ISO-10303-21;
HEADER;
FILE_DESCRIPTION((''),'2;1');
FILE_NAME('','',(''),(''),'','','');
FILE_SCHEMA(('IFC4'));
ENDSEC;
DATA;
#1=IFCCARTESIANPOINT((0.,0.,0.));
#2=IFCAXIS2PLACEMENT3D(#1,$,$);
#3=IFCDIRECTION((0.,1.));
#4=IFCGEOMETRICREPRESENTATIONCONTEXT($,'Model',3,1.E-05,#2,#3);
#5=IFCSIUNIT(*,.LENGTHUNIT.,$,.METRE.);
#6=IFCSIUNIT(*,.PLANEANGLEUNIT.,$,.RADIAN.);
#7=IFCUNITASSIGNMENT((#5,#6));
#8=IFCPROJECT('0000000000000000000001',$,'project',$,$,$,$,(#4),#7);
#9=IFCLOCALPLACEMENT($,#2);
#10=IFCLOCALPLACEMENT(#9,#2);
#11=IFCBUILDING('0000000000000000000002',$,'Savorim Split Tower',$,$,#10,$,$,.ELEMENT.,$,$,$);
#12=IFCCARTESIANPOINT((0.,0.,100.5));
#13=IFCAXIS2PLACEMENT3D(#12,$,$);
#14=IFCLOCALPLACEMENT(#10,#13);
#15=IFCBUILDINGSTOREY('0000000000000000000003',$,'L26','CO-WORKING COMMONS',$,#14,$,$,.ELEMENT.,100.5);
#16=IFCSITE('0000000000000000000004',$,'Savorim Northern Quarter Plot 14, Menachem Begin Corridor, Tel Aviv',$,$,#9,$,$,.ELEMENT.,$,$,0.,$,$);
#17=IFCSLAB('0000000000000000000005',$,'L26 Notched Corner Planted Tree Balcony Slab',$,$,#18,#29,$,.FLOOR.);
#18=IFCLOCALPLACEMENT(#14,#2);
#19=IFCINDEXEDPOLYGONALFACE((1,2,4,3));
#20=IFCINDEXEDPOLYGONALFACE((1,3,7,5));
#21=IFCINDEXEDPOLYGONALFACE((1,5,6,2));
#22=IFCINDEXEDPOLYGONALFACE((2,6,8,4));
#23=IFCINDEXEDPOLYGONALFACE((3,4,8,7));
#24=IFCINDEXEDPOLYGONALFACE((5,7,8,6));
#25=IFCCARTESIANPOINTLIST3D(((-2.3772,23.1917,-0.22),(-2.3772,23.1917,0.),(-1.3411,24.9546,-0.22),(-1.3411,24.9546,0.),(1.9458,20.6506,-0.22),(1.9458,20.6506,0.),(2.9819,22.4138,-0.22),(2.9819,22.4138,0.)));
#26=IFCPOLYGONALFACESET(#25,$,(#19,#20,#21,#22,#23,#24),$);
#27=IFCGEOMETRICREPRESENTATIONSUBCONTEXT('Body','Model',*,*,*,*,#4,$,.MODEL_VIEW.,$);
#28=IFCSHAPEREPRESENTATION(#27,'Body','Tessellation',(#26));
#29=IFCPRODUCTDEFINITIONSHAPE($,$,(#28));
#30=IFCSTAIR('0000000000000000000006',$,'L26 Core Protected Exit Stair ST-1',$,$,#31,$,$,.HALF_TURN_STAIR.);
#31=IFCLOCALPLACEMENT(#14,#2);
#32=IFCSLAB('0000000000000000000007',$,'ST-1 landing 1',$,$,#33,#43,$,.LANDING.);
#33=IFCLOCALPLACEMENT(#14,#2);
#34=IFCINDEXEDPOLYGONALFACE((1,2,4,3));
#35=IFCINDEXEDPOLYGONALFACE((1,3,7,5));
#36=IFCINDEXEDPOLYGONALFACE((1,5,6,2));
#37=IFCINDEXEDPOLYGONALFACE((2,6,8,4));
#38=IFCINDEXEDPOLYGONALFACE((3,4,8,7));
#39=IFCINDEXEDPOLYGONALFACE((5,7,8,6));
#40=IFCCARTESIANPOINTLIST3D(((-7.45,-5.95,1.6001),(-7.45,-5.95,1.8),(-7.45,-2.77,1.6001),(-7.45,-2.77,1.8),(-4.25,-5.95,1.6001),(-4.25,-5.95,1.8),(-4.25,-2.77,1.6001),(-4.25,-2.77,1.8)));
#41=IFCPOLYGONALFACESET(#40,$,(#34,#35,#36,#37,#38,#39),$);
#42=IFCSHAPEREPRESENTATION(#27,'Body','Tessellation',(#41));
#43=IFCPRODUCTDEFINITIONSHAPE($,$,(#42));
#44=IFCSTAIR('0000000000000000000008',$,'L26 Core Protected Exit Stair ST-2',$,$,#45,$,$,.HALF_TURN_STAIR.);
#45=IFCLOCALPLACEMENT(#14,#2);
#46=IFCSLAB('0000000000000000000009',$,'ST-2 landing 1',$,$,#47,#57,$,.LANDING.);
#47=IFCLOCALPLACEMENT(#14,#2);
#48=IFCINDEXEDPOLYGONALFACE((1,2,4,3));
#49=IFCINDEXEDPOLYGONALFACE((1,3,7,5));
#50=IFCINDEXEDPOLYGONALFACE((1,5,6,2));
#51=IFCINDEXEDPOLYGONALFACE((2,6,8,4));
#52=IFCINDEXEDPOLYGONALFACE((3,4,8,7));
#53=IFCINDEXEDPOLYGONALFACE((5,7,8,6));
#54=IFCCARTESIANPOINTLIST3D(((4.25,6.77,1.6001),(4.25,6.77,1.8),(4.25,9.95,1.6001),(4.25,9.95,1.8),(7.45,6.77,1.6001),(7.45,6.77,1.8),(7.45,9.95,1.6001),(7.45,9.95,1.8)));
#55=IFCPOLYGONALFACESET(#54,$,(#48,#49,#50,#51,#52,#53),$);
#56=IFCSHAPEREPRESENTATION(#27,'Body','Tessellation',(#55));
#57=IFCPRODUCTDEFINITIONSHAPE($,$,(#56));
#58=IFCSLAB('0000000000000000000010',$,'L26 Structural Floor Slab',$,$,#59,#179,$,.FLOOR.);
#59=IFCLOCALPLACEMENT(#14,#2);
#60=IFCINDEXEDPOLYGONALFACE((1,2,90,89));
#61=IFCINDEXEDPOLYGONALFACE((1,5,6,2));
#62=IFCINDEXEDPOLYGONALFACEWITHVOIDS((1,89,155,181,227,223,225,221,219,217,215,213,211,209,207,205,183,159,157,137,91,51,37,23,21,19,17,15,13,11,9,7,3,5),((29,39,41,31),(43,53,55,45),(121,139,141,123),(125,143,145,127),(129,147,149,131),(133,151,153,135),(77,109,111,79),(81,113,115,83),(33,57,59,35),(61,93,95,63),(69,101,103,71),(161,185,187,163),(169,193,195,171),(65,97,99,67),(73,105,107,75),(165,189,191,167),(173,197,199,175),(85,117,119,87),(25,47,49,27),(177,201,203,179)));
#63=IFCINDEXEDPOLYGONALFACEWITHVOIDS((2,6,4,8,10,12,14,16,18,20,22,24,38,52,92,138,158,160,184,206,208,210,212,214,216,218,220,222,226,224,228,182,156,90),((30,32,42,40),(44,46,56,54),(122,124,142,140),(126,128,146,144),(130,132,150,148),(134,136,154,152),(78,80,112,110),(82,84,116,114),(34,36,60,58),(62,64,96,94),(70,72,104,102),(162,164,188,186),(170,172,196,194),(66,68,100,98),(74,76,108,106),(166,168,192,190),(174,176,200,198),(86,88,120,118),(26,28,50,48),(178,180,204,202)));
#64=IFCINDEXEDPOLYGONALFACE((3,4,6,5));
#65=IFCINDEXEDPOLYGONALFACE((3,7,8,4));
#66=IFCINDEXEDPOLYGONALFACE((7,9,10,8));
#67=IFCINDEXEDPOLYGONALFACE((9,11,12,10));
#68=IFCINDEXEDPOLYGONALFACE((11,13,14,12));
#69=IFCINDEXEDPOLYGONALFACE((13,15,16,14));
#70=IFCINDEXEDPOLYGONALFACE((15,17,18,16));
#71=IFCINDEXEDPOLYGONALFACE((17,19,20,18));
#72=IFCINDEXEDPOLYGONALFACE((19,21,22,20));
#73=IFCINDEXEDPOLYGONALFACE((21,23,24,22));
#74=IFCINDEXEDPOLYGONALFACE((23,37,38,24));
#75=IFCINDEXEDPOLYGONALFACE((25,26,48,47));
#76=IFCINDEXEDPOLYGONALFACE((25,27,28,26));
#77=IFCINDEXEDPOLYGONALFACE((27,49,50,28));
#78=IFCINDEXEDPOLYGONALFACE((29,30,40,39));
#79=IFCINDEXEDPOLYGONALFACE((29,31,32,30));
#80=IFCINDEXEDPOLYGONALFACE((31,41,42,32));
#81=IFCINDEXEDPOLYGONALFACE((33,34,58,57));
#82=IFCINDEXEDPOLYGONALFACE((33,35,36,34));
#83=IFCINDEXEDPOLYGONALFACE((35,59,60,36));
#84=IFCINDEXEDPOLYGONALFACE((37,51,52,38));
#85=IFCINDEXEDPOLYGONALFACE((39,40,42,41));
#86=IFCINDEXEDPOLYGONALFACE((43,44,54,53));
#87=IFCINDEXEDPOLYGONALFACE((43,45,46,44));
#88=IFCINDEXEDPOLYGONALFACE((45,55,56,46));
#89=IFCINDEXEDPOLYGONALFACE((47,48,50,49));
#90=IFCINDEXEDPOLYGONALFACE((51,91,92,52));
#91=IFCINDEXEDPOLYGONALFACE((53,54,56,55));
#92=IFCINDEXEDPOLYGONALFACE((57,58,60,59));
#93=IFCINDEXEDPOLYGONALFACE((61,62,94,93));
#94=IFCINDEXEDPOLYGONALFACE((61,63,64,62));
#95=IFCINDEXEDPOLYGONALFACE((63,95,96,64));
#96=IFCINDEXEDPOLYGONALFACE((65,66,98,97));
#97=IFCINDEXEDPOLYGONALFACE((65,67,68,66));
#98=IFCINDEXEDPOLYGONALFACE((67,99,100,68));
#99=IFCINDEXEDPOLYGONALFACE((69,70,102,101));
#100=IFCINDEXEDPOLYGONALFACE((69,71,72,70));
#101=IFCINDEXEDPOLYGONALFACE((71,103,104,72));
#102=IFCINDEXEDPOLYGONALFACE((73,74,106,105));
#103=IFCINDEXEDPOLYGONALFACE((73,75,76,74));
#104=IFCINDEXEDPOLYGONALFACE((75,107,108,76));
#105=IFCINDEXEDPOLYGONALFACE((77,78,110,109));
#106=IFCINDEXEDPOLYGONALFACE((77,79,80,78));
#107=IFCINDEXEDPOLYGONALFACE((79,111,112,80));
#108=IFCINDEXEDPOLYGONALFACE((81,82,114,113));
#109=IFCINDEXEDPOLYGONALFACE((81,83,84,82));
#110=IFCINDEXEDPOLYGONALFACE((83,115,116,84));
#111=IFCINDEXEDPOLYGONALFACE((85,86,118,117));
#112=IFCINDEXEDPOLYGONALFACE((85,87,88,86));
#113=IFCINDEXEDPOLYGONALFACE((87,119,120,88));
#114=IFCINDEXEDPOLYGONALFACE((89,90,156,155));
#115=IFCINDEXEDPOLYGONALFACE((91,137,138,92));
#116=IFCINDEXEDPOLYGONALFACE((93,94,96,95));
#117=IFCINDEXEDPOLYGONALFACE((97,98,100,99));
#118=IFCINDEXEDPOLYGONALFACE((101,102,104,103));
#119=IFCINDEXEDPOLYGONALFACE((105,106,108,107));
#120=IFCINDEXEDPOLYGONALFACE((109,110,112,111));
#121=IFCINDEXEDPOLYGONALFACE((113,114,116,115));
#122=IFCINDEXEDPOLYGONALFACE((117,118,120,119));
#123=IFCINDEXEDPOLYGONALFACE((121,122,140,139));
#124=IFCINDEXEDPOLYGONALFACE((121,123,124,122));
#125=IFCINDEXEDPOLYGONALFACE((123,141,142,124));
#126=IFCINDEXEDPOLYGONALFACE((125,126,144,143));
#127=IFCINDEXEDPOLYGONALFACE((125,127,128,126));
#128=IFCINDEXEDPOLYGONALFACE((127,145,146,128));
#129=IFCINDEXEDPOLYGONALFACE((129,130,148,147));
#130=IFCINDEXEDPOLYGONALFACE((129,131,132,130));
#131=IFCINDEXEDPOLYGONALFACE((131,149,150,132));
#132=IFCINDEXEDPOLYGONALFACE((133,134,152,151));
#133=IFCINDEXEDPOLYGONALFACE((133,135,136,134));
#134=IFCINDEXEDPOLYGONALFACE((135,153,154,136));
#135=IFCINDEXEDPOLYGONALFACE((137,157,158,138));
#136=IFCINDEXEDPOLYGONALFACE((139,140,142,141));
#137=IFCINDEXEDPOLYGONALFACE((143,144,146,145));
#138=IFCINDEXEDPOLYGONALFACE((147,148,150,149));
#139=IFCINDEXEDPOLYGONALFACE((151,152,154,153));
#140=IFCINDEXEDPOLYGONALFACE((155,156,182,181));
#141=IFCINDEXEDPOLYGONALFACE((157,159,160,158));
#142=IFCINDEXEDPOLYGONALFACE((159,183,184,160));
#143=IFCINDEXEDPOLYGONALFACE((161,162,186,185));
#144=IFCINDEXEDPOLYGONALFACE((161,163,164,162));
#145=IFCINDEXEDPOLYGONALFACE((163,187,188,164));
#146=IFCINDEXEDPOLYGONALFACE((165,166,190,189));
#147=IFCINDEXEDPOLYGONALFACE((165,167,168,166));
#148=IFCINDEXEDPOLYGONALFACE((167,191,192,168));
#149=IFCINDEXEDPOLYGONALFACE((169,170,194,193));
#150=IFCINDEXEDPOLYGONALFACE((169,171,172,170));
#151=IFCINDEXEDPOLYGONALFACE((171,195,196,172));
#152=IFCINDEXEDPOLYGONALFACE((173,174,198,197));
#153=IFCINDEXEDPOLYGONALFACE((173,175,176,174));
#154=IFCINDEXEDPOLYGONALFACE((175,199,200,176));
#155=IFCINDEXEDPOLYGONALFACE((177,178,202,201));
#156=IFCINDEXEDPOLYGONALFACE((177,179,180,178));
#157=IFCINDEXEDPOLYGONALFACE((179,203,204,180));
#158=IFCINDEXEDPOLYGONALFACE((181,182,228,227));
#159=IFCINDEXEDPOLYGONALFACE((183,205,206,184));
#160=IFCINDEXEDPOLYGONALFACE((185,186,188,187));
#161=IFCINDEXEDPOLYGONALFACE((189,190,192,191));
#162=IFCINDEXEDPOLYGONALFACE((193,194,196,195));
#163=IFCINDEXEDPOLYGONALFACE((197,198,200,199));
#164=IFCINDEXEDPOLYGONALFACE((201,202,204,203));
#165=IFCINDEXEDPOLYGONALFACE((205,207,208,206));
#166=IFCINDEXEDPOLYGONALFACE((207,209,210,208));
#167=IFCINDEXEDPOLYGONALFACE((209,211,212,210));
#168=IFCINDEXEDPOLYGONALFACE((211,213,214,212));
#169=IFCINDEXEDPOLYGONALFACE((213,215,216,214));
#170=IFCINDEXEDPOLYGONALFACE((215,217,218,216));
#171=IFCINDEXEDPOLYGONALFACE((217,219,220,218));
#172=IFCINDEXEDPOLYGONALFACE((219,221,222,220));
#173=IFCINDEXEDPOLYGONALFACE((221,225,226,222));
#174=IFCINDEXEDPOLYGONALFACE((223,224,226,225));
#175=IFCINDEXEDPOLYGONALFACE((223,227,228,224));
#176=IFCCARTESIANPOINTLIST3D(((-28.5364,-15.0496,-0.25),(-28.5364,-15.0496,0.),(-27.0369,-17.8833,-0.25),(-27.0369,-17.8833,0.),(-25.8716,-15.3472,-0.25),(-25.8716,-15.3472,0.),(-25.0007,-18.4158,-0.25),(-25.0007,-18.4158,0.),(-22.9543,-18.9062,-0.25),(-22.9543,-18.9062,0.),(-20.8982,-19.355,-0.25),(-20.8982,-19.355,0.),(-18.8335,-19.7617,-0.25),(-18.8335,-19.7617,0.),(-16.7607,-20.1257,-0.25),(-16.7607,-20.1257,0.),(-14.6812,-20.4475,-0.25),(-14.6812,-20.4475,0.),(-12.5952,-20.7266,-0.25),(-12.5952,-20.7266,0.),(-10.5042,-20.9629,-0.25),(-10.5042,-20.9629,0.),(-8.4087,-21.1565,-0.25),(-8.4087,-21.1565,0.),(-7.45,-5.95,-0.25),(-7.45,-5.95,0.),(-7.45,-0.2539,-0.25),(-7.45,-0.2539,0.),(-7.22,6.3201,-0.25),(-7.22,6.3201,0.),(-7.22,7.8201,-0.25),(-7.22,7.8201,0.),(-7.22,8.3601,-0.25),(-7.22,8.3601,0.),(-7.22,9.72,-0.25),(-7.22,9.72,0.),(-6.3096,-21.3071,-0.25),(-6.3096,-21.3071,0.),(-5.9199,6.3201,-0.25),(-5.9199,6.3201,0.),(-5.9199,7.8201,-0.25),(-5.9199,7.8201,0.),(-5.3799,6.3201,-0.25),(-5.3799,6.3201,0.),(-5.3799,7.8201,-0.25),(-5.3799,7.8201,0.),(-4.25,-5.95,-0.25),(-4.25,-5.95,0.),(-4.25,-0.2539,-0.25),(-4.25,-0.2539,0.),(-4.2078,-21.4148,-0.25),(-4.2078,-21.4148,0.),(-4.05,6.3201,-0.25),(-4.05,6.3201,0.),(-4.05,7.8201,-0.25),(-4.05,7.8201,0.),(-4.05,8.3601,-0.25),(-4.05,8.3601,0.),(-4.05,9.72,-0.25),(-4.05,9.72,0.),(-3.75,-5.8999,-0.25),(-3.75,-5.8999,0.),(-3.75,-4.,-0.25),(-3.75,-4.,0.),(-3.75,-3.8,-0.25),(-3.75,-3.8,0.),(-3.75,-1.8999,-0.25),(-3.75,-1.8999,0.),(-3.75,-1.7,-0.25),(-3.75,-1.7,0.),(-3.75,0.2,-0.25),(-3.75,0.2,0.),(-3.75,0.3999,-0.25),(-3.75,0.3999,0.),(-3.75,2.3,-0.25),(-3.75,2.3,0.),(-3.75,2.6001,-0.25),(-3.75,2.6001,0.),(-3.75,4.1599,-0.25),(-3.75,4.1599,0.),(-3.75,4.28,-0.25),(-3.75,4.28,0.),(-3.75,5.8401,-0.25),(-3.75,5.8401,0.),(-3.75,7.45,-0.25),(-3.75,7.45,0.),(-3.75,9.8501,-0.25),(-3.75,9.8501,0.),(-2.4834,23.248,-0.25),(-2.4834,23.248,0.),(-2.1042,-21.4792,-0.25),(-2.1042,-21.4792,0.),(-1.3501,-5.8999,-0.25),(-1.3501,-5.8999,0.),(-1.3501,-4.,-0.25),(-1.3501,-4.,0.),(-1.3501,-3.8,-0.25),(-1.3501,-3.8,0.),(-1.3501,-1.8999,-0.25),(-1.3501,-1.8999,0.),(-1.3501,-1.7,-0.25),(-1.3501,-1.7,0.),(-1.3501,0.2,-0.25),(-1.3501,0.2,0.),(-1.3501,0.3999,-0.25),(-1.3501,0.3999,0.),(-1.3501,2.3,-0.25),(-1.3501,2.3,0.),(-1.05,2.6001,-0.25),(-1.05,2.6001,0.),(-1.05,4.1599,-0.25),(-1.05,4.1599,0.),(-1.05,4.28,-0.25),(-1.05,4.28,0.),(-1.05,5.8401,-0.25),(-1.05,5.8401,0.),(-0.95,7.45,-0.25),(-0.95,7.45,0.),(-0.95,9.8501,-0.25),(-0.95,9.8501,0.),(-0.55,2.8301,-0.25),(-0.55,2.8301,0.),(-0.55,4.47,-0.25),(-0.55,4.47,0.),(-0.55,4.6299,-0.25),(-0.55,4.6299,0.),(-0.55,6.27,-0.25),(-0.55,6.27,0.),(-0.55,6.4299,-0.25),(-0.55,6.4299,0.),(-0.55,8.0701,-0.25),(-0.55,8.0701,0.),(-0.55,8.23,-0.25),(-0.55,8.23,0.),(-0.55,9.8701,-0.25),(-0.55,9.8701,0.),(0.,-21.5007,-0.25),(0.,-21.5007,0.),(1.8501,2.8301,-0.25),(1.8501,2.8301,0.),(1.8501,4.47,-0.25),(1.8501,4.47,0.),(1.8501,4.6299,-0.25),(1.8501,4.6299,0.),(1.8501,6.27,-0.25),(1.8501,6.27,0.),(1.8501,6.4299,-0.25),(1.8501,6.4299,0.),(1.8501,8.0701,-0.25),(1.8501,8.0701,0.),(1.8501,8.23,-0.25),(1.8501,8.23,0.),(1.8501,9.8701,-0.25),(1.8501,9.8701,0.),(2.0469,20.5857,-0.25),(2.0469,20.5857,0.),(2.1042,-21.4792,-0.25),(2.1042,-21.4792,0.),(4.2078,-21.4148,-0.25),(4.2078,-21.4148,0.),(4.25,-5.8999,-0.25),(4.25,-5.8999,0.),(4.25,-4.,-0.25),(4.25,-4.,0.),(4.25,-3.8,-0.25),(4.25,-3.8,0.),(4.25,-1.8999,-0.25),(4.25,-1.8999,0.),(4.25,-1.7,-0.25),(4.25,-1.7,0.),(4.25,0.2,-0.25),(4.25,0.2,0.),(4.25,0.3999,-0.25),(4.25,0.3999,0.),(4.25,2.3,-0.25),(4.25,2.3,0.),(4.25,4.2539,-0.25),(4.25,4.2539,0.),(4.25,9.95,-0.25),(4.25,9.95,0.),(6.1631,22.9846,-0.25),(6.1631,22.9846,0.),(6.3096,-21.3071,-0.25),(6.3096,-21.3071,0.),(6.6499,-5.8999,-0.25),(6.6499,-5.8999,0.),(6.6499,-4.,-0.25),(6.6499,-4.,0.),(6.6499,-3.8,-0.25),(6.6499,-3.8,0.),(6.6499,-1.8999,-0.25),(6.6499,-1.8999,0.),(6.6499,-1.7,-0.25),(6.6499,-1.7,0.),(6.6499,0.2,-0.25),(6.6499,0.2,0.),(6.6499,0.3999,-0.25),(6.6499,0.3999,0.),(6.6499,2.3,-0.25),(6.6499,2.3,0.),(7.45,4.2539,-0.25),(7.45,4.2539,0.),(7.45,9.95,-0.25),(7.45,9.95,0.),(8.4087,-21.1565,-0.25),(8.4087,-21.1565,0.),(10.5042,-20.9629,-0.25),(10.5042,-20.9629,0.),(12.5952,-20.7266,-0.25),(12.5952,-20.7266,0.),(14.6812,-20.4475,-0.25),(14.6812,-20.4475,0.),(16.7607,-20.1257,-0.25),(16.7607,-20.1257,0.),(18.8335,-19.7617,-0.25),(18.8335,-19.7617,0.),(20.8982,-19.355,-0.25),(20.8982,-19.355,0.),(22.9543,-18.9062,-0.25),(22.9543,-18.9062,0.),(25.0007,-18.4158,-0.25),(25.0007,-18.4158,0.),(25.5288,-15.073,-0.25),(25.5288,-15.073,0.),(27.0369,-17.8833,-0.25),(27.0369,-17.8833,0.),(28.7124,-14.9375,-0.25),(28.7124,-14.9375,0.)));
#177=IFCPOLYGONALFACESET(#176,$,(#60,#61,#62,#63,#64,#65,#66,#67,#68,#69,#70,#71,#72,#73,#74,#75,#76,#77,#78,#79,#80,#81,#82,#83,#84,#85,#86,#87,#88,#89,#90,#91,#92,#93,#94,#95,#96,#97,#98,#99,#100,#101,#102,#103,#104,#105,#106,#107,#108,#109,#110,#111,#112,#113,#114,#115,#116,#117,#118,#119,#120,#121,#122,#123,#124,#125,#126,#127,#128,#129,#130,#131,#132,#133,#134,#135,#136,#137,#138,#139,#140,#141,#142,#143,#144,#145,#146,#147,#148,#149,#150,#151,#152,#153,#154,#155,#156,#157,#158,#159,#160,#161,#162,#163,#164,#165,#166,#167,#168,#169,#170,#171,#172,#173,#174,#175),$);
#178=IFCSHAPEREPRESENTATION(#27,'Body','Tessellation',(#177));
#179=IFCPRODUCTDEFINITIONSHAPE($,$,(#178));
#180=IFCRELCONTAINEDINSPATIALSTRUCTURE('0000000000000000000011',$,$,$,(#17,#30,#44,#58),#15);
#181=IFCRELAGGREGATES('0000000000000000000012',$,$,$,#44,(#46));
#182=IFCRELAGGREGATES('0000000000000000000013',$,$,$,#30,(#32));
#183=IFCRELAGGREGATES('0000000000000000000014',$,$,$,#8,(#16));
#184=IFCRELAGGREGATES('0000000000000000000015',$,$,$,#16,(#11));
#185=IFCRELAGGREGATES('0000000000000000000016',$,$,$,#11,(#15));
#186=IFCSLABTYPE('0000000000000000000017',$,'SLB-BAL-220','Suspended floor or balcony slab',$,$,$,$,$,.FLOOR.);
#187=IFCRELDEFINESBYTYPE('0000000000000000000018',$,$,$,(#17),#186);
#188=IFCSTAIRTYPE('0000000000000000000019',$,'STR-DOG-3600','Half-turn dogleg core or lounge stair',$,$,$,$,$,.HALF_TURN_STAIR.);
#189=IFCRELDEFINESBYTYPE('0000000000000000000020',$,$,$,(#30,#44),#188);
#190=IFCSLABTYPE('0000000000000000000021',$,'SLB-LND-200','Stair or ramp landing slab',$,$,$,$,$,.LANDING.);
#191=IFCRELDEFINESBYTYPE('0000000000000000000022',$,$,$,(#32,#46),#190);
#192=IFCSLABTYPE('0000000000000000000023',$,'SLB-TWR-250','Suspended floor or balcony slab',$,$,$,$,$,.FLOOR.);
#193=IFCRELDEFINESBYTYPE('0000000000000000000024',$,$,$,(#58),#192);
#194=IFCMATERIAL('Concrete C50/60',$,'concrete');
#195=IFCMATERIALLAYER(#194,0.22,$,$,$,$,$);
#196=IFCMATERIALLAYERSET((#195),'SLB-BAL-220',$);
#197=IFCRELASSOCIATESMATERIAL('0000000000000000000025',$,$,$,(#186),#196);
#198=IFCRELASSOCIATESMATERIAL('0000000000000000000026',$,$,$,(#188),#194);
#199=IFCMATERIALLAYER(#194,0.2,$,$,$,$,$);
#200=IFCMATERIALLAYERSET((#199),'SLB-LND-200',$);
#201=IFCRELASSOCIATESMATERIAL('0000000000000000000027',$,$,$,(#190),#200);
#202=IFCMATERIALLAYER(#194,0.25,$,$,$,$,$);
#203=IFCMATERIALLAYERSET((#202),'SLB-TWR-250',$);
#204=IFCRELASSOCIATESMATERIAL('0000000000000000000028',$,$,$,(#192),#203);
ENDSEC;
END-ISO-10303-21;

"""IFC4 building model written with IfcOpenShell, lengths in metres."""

from ifc_helpers import new_model, si_unit, direction, frame, origin, place, context, subcontext, project, spatial, polyline, outline, extrude, material, layer, layer_set, type_object, element, aggregate, save


model = new_model("IFC4")

# Units and contexts
model_context = context("Model", 3, precision=1e-05, world=origin(), true_north=direction((0.0, 1.0)))
body_context = subcontext(model_context, "Body", "Model", "MODEL_VIEW")
ifc_project = project(units=[si_unit("LENGTHUNIT", "METRE"), si_unit("PLANEANGLEUNIT", "RADIAN")], contexts=[model_context])

# Site, building, storey
site_placement = place(None, origin())
site = spatial("IfcSite", under=ifc_project, at=site_placement, Name="Savorim Northern Quarter Plot 14, Menachem Begin Corridor, Tel Aviv", CompositionType="ELEMENT", RefElevation=0.0)
building_placement = place(site_placement, origin())
building = spatial("IfcBuilding", under=site, at=building_placement, Name="Savorim Split Tower", CompositionType="ELEMENT")
storey_placement = place(building_placement, frame((0.0, 0.0, 100.5)))
storey = spatial("IfcBuildingStorey", under=building, at=storey_placement, Name="L26", Description="CO-WORKING COMMONS", CompositionType="ELEMENT", Elevation=100.5)

# Slab
ifc_material_1 = material(Name="Concrete C50/60", Category="concrete")
ifc_layer_1 = layer(ifc_material_1, 0.22)
ifc_layer_set_1 = layer_set([ifc_layer_1], Name="SLB-BAL-220")
slab_type_1 = type_object("IfcSlabType", Name="SLB-BAL-220", Description="Suspended floor or balcony slab", PredefinedType="FLOOR", material=ifc_layer_set_1)
slab_1_placement = place(storey_placement, frame((0.0, 0.0, -0.22)))
element("IfcSlab", 1, at=slab_1_placement, inside=storey, type_object=slab_type_1, Name="L26 Notched Corner Planted Tree Balcony Slab", PredefinedType="FLOOR", context=body_context, shape_type="SweptSolid", body=[
    extrude(outline(polyline([(-2.3772, 23.1917), (1.9458, 20.6506), (2.9819, 22.4138), (-1.3411, 24.9546), (-2.3772, 23.1917)])), origin(), (0.0, 0.0, 1.0), 0.22),
])

# Stairs, slabs
stair_type = type_object("IfcStairType", Name="STR-DOG-3600", Description="Half-turn dogleg core or lounge stair", PredefinedType="HALF_TURN_STAIR", material=ifc_material_1)
stair_1_placement = place(storey_placement, origin())
stair_1 = element("IfcStair", 2, at=stair_1_placement, inside=storey, type_object=stair_type, Name="L26 Core Protected Exit Stair ST-1", PredefinedType="HALF_TURN_STAIR")
ifc_layer_2 = layer(ifc_material_1, 0.2)
ifc_layer_set_2 = layer_set([ifc_layer_2], Name="SLB-LND-200")
slab_type_2 = type_object("IfcSlabType", Name="SLB-LND-200", Description="Stair or ramp landing slab", PredefinedType="LANDING", material=ifc_layer_set_2)
slab_2_placement = place(storey_placement, frame((0.0, 0.0, 1.6001)))
slab_2 = element("IfcSlab", 3, at=slab_2_placement, type_object=slab_type_2, Name="ST-1 landing 1", PredefinedType="LANDING", context=body_context, shape_type="SweptSolid", body=[
    extrude(outline(polyline([(-7.45, -2.77), (-7.45, -5.95), (-4.25, -5.95), (-4.25, -2.77), (-7.45, -2.77)])), origin(), (0.0, 0.0, 1.0), 0.2),
])
stair_2_placement = place(storey_placement, origin())
stair_2 = element("IfcStair", 4, at=stair_2_placement, inside=storey, type_object=stair_type, Name="L26 Core Protected Exit Stair ST-2", PredefinedType="HALF_TURN_STAIR")
slab_3_placement = place(storey_placement, frame((0.0, 0.0, 1.6001)))
slab_3 = element("IfcSlab", 5, at=slab_3_placement, type_object=slab_type_2, Name="ST-2 landing 1", PredefinedType="LANDING", context=body_context, shape_type="SweptSolid", body=[
    extrude(outline(polyline([(7.45, 6.77), (7.45, 9.95), (4.25, 9.95), (4.25, 6.77), (7.45, 6.77)])), origin(), (0.0, 0.0, 1.0), 0.2),
])
aggregate(stair_2, [slab_3])

# Slab
ifc_layer_3 = layer(ifc_material_1, 0.25)
ifc_layer_set_3 = layer_set([ifc_layer_3], Name="SLB-TWR-250")
slab_type_3 = type_object("IfcSlabType", Name="SLB-TWR-250", Description="Suspended floor or balcony slab", PredefinedType="FLOOR", material=ifc_layer_set_3)
slab_4_placement = place(storey_placement, frame((0.0, 0.0, -0.25)))
element("IfcSlab", 6, at=slab_4_placement, inside=storey, type_object=slab_type_3, Name="L26 Structural Floor Slab", PredefinedType="FLOOR", context=body_context, shape_type="SweptSolid", body=[
    extrude(outline(polyline([(-27.0369, -17.8833), (-25.0007, -18.4158), (-22.9543, -18.9062), (-20.8982, -19.355), (-18.8335, -19.7617), (-16.7607, -20.1257), (-14.6812, -20.4475), (-12.5952, -20.7266), (-10.5042, -20.9629), (-8.4087, -21.1565), (-6.3096, -21.3071), (-4.2078, -21.4148), (-2.1042, -21.4792), (0.0, -21.5007), (2.1042, -21.4792), (4.2078, -21.4148), (6.3096, -21.3071), (8.4087, -21.1565), (10.5042, -20.9629), (12.5952, -20.7266), (14.6812, -20.4475), (16.7607, -20.1257), (18.8335, -19.7617), (20.8982, -19.355), (22.9543, -18.9062), (25.0007, -18.4158), (27.0369, -17.8833), (25.5288, -15.073), (28.7124, -14.9375), (6.1631, 22.9846), (2.0469, 20.5857), (-2.4834, 23.248), (-28.5364, -15.0496), (-25.8716, -15.3472), (-27.0369, -17.8833)]), holes=[polyline([(-7.45, -0.2539), (-7.45, -5.95), (-4.25, -5.95), (-4.25, -0.2539), (-7.45, -0.2539)]), polyline([(7.45, 4.2539), (7.45, 9.95), (4.25, 9.95), (4.25, 4.2539), (7.45, 4.2539)]), polyline([(4.25, -5.8999), (6.6499, -5.8999), (6.6499, -4.0), (4.25, -4.0), (4.25, -5.8999)]), polyline([(4.25, -3.8), (6.6499, -3.8), (6.6499, -1.8999), (4.25, -1.8999), (4.25, -3.8)]), polyline([(4.25, -1.7), (6.6499, -1.7), (6.6499, 0.2), (4.25, 0.2), (4.25, -1.7)]), polyline([(4.25, 0.3999), (6.6499, 0.3999), (6.6499, 2.3), (4.25, 2.3), (4.25, 0.3999)]), polyline([(-3.75, -5.8999), (-1.3501, -5.8999), (-1.3501, -4.0), (-3.75, -4.0), (-3.75, -5.8999)]), polyline([(-3.75, -3.8), (-1.3501, -3.8), (-1.3501, -1.8999), (-3.75, -1.8999), (-3.75, -3.8)]), polyline([(-3.75, -1.7), (-1.3501, -1.7), (-1.3501, 0.2), (-3.75, 0.2), (-3.75, -1.7)]), polyline([(-3.75, 0.3999), (-1.3501, 0.3999), (-1.3501, 2.3), (-3.75, 2.3), (-3.75, 0.3999)]), polyline([(-0.55, 2.8301), (1.8501, 2.8301), (1.8501, 4.47), (-0.55, 4.47), (-0.55, 2.8301)]), polyline([(-0.55, 4.6299), (1.8501, 4.6299), (1.8501, 6.27), (-0.55, 6.27), (-0.55, 4.6299)]), polyline([(-0.55, 6.4299), (1.8501, 6.4299), (1.8501, 8.0701), (-0.55, 8.0701), (-0.55, 6.4299)]), polyline([(-0.55, 8.23), (1.8501, 8.23), (1.8501, 9.8701), (-0.55, 9.8701), (-0.55, 8.23)]), polyline([(-3.75, 2.6001), (-1.05, 2.6001), (-1.05, 4.1599), (-3.75, 4.1599), (-3.75, 2.6001)]), polyline([(-3.75, 4.28), (-1.05, 4.28), (-1.05, 5.8401), (-3.75, 5.8401), (-3.75, 4.28)]), polyline([(-3.75, 7.45), (-0.95, 7.45), (-0.95, 9.8501), (-3.75, 9.8501), (-3.75, 7.45)]), polyline([(-7.22, 6.3201), (-5.9199, 6.3201), (-5.9199, 7.8201), (-7.22, 7.8201), (-7.22, 6.3201)]), polyline([(-5.3799, 6.3201), (-4.05, 6.3201), (-4.05, 7.8201), (-5.3799, 7.8201), (-5.3799, 6.3201)]), polyline([(-7.22, 8.3601), (-4.05, 8.3601), (-4.05, 9.72), (-7.22, 9.72), (-7.22, 8.3601)])]), origin(), (0.0, 0.0, 1.0), 0.25),
])

aggregate(stair_1, [slab_2])

save(model, "model.ifc")
